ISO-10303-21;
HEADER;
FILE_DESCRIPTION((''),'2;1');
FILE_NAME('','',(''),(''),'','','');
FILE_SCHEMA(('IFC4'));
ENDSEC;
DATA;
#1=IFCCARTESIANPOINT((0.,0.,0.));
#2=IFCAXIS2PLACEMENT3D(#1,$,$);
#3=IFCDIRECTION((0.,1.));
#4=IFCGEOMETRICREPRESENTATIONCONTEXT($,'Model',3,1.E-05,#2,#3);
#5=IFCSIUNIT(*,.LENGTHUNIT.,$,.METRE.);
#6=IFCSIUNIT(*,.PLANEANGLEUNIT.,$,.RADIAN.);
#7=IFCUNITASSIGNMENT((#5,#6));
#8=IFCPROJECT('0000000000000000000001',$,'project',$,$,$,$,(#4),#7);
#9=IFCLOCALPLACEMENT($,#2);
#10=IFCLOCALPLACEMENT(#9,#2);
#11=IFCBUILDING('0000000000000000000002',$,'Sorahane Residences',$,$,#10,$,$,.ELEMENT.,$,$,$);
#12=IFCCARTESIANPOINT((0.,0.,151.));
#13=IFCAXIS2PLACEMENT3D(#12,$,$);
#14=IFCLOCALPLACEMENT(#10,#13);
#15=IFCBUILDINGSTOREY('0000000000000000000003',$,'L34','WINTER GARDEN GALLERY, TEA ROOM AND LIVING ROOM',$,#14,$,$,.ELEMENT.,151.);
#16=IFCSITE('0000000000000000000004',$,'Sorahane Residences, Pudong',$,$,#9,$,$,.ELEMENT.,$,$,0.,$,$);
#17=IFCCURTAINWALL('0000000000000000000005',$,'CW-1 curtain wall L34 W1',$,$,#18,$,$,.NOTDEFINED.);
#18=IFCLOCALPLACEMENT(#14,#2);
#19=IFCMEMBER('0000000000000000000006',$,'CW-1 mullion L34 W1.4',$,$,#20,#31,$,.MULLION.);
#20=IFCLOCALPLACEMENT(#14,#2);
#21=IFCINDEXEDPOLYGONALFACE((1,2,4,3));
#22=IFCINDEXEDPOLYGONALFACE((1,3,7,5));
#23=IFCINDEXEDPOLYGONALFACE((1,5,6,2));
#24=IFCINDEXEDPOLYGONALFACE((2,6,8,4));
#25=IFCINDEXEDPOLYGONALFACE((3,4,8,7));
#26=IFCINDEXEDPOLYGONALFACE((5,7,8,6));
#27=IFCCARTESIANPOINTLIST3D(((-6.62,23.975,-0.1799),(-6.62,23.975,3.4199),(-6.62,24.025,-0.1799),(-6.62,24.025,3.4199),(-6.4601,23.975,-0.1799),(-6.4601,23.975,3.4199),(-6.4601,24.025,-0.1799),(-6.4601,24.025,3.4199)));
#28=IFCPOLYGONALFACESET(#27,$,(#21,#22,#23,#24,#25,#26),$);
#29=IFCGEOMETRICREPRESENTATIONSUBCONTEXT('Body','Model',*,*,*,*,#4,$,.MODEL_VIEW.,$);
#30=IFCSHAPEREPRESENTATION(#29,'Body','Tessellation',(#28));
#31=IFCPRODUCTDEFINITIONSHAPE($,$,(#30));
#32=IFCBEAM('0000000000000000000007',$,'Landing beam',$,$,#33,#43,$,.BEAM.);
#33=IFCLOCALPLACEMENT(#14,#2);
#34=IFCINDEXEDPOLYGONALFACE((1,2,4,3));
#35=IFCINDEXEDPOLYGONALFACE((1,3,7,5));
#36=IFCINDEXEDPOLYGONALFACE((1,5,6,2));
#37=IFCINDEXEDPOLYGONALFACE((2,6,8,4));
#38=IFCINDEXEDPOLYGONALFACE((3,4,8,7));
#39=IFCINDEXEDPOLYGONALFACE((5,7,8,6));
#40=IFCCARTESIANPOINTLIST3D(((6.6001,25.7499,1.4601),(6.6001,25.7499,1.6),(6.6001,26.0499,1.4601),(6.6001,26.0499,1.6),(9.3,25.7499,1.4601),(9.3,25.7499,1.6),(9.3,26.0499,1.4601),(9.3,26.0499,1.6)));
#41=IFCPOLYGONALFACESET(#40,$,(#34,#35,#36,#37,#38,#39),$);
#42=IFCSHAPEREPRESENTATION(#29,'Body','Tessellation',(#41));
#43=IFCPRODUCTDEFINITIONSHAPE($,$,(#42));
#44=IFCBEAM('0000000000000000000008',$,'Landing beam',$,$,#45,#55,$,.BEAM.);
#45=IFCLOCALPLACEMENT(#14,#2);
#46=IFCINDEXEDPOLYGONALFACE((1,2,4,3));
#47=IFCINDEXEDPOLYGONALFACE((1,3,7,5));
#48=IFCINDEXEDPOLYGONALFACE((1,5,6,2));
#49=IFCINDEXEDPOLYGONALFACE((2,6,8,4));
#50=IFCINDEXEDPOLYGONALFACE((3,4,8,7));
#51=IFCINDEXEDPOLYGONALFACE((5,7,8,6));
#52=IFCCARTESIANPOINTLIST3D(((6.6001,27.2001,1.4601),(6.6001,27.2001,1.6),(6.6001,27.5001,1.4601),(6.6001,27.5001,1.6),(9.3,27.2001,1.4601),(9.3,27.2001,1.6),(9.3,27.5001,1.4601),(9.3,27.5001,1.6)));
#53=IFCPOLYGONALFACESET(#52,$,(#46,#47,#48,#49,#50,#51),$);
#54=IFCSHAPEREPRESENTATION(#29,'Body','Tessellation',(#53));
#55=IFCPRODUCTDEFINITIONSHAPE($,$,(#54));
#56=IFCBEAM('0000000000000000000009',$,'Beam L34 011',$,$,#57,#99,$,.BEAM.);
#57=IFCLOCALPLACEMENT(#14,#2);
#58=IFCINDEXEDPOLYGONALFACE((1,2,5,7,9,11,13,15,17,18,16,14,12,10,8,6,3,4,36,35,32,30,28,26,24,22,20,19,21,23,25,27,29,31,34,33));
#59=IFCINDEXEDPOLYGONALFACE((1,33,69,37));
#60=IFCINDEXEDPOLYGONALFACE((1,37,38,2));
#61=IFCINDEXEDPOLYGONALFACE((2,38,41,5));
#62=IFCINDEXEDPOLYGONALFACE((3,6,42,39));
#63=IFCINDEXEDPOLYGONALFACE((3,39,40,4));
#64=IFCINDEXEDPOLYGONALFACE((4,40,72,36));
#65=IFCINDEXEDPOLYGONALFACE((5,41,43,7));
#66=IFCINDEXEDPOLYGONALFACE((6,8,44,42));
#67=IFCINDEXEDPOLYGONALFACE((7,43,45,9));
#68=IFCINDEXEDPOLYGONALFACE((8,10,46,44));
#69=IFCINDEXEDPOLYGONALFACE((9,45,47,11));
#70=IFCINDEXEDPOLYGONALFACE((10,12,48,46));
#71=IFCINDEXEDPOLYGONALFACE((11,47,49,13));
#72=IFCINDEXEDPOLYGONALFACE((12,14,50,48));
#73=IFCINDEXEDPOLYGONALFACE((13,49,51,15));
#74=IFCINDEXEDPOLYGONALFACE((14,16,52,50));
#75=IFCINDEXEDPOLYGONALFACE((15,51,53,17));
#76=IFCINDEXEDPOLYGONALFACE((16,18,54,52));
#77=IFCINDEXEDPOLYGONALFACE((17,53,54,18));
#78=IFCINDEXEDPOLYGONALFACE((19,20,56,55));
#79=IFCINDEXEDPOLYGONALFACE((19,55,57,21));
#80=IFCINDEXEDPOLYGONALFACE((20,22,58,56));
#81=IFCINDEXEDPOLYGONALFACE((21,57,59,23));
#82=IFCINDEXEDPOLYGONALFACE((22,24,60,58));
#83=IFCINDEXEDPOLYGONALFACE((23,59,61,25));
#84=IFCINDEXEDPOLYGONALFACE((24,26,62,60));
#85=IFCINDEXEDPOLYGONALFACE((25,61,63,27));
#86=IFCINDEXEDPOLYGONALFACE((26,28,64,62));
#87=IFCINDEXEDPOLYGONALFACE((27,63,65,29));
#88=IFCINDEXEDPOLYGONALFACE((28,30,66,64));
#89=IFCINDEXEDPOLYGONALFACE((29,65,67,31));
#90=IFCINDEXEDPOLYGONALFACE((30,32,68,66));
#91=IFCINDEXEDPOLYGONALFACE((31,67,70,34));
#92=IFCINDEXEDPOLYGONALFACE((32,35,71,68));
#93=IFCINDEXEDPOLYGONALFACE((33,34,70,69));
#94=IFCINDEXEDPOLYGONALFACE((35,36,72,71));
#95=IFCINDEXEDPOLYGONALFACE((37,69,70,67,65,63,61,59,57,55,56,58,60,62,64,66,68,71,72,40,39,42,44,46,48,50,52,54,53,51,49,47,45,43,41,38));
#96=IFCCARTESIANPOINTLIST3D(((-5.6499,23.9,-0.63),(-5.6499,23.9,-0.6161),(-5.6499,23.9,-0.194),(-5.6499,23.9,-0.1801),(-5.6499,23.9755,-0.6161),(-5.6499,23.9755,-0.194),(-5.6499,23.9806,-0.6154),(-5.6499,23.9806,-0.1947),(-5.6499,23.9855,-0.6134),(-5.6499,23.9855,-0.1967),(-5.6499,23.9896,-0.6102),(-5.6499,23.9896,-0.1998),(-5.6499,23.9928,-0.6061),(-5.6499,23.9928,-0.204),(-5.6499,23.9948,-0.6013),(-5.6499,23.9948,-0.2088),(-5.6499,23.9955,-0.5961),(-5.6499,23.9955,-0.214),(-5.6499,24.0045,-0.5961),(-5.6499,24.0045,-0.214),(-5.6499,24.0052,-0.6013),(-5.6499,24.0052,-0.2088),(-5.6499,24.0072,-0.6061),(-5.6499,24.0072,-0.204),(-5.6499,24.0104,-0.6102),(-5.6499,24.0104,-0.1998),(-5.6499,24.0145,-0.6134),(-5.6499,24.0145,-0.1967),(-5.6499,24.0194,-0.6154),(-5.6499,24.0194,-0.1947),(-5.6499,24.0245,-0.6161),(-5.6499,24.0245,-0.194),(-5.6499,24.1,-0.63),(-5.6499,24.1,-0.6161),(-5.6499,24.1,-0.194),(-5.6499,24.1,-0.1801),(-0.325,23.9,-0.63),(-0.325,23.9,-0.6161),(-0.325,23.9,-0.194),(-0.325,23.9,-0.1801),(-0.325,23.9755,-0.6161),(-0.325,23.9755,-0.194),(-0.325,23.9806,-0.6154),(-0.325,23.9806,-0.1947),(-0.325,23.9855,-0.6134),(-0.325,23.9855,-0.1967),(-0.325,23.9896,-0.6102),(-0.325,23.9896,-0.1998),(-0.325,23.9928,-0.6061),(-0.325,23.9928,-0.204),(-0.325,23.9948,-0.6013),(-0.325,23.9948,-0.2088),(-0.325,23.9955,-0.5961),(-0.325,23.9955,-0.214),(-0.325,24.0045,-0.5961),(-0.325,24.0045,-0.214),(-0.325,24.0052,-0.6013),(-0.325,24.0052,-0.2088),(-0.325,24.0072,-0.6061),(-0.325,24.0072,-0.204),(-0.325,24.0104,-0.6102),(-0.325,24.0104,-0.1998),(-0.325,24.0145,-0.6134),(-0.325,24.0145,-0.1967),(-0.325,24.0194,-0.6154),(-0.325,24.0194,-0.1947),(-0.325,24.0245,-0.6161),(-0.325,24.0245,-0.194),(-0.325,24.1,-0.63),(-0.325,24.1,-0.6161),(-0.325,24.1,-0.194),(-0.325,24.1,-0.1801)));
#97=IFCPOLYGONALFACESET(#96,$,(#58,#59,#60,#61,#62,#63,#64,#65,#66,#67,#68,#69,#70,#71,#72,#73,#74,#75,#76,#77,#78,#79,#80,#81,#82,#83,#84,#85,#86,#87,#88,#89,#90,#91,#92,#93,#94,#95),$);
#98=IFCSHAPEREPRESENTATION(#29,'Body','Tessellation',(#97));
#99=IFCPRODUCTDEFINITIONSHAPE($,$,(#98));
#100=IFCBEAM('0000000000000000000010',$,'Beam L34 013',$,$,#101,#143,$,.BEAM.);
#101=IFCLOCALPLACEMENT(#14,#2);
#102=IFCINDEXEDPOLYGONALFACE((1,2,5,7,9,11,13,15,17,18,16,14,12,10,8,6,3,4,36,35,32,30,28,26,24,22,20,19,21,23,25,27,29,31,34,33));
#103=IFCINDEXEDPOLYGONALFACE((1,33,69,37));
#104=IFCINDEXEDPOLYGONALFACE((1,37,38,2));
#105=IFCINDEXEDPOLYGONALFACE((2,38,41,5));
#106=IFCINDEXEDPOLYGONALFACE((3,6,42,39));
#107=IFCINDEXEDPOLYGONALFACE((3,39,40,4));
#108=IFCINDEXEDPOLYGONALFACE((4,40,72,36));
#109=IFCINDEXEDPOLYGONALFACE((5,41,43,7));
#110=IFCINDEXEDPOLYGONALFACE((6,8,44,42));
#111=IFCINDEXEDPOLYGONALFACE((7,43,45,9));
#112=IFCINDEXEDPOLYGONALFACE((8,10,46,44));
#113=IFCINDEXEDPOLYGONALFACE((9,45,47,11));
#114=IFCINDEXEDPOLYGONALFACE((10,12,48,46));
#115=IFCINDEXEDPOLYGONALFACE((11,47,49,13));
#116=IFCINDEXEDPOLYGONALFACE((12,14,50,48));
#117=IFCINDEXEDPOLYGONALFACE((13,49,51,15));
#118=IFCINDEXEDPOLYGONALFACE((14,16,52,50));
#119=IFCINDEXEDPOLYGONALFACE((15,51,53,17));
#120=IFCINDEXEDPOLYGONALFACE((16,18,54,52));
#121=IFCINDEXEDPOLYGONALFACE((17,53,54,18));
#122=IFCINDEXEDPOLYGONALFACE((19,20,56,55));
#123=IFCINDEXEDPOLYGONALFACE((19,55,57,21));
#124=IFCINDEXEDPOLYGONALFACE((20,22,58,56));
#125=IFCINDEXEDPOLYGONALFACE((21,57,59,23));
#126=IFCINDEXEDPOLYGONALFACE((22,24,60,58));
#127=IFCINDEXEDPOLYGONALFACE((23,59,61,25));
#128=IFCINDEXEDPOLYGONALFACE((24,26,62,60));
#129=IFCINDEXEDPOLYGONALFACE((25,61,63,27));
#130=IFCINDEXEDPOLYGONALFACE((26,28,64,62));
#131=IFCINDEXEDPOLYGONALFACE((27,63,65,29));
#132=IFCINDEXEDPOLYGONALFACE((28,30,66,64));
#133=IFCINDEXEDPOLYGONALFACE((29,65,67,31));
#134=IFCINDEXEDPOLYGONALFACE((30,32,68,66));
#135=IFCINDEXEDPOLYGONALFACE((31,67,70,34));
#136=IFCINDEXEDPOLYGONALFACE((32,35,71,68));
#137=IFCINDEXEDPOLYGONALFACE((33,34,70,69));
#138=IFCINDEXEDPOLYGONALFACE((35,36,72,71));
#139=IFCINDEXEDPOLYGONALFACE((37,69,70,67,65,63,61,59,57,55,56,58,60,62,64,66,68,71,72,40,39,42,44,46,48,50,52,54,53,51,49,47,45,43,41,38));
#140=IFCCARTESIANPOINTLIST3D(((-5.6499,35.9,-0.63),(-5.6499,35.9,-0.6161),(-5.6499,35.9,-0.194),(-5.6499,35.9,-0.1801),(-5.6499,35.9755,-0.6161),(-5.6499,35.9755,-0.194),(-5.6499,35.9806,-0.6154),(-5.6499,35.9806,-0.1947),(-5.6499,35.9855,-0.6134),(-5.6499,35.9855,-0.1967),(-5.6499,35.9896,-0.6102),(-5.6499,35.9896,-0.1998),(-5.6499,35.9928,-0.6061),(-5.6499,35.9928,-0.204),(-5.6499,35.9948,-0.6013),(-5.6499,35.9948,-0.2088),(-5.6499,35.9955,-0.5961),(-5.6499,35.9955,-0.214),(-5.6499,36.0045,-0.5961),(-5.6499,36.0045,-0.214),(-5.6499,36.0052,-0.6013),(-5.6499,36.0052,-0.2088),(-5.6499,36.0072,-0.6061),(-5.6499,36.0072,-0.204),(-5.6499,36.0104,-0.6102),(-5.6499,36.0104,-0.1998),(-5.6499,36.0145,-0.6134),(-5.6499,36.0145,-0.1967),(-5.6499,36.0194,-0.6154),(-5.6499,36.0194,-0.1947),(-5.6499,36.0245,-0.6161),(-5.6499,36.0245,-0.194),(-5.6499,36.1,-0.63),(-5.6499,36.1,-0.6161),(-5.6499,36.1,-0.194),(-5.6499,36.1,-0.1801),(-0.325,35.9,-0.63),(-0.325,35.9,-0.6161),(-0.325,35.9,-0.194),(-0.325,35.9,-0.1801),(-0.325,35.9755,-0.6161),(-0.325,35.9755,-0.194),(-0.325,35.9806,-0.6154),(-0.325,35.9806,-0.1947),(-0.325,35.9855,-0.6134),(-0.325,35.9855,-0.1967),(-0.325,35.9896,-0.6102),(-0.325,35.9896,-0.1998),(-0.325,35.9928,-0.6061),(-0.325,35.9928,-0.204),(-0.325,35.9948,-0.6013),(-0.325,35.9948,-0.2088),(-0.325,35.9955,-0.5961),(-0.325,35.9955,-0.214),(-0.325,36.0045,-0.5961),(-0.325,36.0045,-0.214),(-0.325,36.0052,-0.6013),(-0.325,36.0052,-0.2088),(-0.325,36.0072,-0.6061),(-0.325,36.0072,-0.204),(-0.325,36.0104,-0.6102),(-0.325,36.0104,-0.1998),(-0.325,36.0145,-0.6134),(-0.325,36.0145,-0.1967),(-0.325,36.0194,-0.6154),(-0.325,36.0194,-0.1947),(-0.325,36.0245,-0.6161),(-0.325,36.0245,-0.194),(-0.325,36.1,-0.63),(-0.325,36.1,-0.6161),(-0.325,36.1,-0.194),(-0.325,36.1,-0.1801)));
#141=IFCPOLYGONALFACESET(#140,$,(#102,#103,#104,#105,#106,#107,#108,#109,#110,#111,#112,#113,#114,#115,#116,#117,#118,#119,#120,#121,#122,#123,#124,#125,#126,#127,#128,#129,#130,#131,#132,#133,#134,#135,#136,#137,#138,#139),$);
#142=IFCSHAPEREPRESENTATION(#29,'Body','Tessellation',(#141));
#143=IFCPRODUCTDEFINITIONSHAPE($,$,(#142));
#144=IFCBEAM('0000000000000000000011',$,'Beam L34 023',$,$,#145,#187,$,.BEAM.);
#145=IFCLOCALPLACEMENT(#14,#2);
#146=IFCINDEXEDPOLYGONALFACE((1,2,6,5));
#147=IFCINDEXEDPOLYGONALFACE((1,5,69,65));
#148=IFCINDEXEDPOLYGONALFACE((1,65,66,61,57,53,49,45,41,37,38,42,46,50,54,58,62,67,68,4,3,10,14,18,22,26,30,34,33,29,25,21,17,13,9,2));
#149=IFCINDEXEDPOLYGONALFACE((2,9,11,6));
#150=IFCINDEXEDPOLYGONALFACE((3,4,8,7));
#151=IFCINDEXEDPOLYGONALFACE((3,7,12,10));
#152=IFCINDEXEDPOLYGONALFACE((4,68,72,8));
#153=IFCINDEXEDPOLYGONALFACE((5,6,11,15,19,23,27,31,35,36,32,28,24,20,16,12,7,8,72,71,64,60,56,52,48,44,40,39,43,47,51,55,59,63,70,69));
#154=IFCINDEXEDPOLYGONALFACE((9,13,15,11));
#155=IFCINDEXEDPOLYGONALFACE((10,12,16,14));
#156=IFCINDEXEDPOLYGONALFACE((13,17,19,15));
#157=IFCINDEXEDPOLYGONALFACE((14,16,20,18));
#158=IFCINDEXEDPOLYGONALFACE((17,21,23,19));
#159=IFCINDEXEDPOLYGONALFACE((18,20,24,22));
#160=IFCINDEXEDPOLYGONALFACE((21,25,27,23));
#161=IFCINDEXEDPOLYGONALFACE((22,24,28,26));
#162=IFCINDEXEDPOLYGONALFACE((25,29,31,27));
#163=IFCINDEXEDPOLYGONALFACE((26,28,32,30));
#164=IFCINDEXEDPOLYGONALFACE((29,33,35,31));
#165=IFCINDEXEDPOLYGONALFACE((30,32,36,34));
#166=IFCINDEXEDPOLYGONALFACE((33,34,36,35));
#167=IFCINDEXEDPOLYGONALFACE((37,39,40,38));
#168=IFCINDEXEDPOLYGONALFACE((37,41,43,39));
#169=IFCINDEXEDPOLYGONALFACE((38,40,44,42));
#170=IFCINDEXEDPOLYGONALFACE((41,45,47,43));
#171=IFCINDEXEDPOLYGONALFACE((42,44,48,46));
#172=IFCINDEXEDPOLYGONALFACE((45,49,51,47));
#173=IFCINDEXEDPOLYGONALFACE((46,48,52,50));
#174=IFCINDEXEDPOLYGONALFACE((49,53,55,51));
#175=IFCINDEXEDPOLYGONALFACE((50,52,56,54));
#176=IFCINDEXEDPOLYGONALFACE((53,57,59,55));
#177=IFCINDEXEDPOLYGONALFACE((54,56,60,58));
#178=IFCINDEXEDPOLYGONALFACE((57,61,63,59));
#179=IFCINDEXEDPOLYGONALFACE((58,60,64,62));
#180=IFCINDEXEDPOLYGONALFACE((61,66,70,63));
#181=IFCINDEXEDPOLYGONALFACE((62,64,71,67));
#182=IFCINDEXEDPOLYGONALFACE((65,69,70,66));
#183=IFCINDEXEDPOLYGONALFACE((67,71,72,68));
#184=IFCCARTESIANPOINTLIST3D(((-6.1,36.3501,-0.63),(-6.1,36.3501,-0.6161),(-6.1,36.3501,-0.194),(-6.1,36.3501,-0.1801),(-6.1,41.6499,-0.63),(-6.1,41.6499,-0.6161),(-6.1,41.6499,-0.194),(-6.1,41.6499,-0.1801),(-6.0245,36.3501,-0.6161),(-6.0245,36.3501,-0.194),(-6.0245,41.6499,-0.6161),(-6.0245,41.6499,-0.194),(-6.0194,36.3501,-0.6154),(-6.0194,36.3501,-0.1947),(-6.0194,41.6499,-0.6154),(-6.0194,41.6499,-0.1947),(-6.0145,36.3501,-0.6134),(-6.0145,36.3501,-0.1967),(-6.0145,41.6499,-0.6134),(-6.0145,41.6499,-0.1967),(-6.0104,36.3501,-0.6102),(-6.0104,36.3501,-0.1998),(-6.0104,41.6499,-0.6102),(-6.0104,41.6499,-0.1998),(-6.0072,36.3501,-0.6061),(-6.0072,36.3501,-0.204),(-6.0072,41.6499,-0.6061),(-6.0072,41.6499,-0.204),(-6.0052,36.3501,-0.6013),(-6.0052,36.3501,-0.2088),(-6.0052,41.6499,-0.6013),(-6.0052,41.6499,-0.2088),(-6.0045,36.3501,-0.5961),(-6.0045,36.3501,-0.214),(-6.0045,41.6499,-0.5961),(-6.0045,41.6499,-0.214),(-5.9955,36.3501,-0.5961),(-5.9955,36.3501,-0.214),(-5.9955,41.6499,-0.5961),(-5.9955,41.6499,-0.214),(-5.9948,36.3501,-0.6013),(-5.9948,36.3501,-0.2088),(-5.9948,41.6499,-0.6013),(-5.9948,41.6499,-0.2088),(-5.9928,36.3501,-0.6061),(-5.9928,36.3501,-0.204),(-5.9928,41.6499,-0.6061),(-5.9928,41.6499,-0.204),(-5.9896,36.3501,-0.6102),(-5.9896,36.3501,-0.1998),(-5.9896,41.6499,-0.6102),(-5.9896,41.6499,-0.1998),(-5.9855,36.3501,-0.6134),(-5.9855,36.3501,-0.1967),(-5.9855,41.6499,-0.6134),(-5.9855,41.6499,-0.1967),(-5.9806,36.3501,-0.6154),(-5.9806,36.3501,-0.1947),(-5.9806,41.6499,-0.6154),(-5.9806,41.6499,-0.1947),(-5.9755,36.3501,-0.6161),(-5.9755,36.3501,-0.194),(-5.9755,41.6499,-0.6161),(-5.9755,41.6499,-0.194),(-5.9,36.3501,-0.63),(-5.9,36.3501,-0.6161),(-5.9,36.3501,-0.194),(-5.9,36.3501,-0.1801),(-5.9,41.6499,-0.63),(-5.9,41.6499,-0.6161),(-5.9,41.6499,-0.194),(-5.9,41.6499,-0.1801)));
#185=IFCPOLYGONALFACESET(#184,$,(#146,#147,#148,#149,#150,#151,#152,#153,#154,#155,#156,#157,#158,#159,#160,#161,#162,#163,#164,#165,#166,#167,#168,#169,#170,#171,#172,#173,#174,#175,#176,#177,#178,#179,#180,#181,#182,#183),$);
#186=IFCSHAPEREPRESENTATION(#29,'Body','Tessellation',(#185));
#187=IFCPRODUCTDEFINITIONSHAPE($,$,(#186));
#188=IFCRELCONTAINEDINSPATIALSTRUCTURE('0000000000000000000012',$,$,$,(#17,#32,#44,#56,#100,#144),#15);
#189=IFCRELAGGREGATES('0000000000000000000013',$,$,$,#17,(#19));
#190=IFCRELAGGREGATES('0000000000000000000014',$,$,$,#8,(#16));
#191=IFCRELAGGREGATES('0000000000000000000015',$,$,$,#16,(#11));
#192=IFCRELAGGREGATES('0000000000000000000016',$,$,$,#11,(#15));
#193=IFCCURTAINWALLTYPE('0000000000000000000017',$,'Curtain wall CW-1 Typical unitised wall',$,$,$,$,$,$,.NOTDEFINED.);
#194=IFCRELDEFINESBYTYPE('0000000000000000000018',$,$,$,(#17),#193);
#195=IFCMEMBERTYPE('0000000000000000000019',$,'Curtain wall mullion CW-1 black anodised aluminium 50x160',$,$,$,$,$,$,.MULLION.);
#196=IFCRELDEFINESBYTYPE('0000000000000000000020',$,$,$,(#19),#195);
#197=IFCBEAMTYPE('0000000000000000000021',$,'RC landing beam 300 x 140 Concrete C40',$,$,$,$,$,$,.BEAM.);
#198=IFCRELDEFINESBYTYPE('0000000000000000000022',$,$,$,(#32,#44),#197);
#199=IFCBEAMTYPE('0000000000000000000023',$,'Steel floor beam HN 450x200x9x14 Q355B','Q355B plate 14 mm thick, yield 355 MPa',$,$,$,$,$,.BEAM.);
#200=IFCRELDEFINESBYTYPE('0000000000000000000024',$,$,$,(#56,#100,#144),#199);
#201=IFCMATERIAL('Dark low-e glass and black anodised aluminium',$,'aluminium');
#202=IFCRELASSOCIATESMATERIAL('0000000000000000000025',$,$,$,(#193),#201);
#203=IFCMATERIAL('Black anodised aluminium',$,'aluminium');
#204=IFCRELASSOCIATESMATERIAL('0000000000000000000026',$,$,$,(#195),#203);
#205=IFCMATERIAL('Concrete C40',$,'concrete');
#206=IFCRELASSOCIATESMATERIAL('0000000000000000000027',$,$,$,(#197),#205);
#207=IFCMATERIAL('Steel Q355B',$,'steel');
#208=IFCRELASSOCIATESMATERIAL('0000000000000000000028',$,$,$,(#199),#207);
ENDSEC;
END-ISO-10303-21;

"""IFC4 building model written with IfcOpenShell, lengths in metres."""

from ifc_helpers import new_model, si_unit, direction, frame, origin, origin_2d, place, context, subcontext, project, spatial, rectangle, i_section, extrude, material, material_profile, profile_set, type_object, element, aggregate, save


model = new_model("IFC4")

# Units and contexts
model_context = context("Model", 3, precision=1e-05, world=origin(), true_north=direction((0.0, 1.0)))
body_context = subcontext(model_context, "Body", "Model", "MODEL_VIEW")
ifc_project = project(units=[si_unit("LENGTHUNIT", "METRE"), si_unit("PLANEANGLEUNIT", "RADIAN")], contexts=[model_context])

# Site, building, storey
site_placement = place(None, origin())
site = spatial("IfcSite", under=ifc_project, at=site_placement, Name="Sorahane Residences, Pudong", CompositionType="ELEMENT", RefElevation=0.0)
building_placement = place(site_placement, origin())
building = spatial("IfcBuilding", under=site, at=building_placement, Name="Sorahane Residences", CompositionType="ELEMENT")
storey_placement = place(building_placement, frame((0.0, 0.0, 151.0)))
storey = spatial("IfcBuildingStorey", under=building, at=storey_placement, Name="L34", Description="WINTER GARDEN GALLERY, TEA ROOM AND LIVING ROOM", CompositionType="ELEMENT", Elevation=151.0)

# Curtain wall, member
ifc_material_1 = material(Name="Dark low-e glass and black anodised aluminium", Category="aluminium")
curtain_wall_type = type_object("IfcCurtainWallType", Name="Curtain wall CW-1 Typical unitised wall", PredefinedType="NOTDEFINED", material=ifc_material_1)
curtain_wall_placement = place(storey_placement, origin())
curtain_wall = element("IfcCurtainWall", 1, at=curtain_wall_placement, inside=storey, type_object=curtain_wall_type, Name="CW-1 curtain wall L34 W1", PredefinedType="NOTDEFINED")
ifc_material_2 = material(Name="Black anodised aluminium", Category="aluminium")
ifc_material_profile_1 = material_profile(ifc_material_2, rectangle(XDim=0.1599, YDim=0.05, at=origin_2d()), Name="Curtain wall mullion CW-1 black anodised aluminium 50x160")
ifc_profile_set_1 = profile_set([ifc_material_profile_1], Name="Black anodised aluminium")
member_type_1 = type_object("IfcMemberType", Name="Curtain wall mullion CW-1 black anodised aluminium 50x160", PredefinedType="MULLION", material=ifc_profile_set_1)
member_1_placement = place(storey_placement, frame((-6.54, 24.0, -0.1799), z_axis=(0.0, 0.0, 1.0), x_axis=(-1.0, 0.0, 0.0)))
member_1 = element("IfcMember", 2, at=member_1_placement, type_object=member_type_1, Name="CW-1 mullion L34 W1.4", PredefinedType="MULLION", context=body_context, shape_type="SweptSolid", body=[
    extrude(rectangle(XDim=0.1599, YDim=0.05, at=origin_2d()), origin(), (0.0, 0.0, 1.0), 3.5999),
])

# Beams
ifc_material_3 = material(Name="Concrete C40", Category="concrete")
ifc_material_profile_2 = material_profile(ifc_material_3, rectangle(XDim=0.3, YDim=0.1399, at=origin_2d()), Name="300x140")
ifc_profile_set_2 = profile_set([ifc_material_profile_2], Name="Concrete C40")
beam_type_1 = type_object("IfcBeamType", Name="RC landing beam 300 x 140 Concrete C40", PredefinedType="BEAM", material=ifc_profile_set_2)
for number, where, z_axis, x_axis, name in (
    (3, (6.6001, 25.8999, 1.53), (1.0, 0.0, 0.0), (0.0, 1.0, 0.0), "Landing beam"),
    (4, (6.6001, 27.3501, 1.53), (1.0, 0.0, 0.0), (0.0, 1.0, 0.0), "Landing beam"),
):
    element("IfcBeam", number, at=place(storey_placement, frame(where, z_axis=z_axis, x_axis=x_axis)), inside=storey, type_object=beam_type_1, Name=name, PredefinedType="BEAM", context=body_context, shape_type="SweptSolid", body=[
        extrude(rectangle(XDim=0.3, YDim=0.1399, at=origin_2d()), origin(), (0.0, 0.0, 1.0), 2.7),
    ])
ifc_material_4 = material(Name="Steel Q355B", Category="steel")
ifc_material_profile_3 = material_profile(ifc_material_4, i_section(OverallWidth=0.2, OverallDepth=0.45, WebThickness=0.009, FlangeThickness=0.0139, FilletRadius=0.02, at=origin_2d()), Name="HN 450x200x9x14")
ifc_profile_set_3 = profile_set([ifc_material_profile_3], Name="Steel Q355B")
beam_type_2 = type_object("IfcBeamType", Name="Steel floor beam HN 450x200x9x14 Q355B", Description="Q355B plate 14 mm thick, yield 355 MPa", PredefinedType="BEAM", material=ifc_profile_set_3)
for number, where, z_axis, x_axis, name in (
    (5, (-5.6499, 24.0, -0.405), (1.0, 0.0, 0.0), (0.0, 1.0, 0.0), "Beam L34 011"),
    (6, (-5.6499, 36.0, -0.405), (1.0, 0.0, 0.0), (0.0, 1.0, 0.0), "Beam L34 013"),
):
    element("IfcBeam", number, at=place(storey_placement, frame(where, z_axis=z_axis, x_axis=x_axis)), inside=storey, type_object=beam_type_2, Name=name, PredefinedType="BEAM", context=body_context, shape_type="SweptSolid", body=[
        extrude(i_section(OverallWidth=0.2, OverallDepth=0.45, WebThickness=0.009, FlangeThickness=0.0139, FilletRadius=0.02, at=origin_2d()), origin(), (0.0, 0.0, 1.0), 5.325),
    ])
beam_1_placement = place(storey_placement, frame((-6.0, 36.3501, -0.405), z_axis=(0.0, 1.0, 0.0), x_axis=(-1.0, 0.0, 0.0)))
element("IfcBeam", 7, at=beam_1_placement, inside=storey, type_object=beam_type_2, Name="Beam L34 023", PredefinedType="BEAM", context=body_context, shape_type="SweptSolid", body=[
    extrude(i_section(OverallWidth=0.2, OverallDepth=0.45, WebThickness=0.009, FlangeThickness=0.0139, FilletRadius=0.02, at=origin_2d()), origin(), (0.0, 0.0, 1.0), 5.2998),
])

aggregate(curtain_wall, [member_1])

save(model, "model.ifc")
